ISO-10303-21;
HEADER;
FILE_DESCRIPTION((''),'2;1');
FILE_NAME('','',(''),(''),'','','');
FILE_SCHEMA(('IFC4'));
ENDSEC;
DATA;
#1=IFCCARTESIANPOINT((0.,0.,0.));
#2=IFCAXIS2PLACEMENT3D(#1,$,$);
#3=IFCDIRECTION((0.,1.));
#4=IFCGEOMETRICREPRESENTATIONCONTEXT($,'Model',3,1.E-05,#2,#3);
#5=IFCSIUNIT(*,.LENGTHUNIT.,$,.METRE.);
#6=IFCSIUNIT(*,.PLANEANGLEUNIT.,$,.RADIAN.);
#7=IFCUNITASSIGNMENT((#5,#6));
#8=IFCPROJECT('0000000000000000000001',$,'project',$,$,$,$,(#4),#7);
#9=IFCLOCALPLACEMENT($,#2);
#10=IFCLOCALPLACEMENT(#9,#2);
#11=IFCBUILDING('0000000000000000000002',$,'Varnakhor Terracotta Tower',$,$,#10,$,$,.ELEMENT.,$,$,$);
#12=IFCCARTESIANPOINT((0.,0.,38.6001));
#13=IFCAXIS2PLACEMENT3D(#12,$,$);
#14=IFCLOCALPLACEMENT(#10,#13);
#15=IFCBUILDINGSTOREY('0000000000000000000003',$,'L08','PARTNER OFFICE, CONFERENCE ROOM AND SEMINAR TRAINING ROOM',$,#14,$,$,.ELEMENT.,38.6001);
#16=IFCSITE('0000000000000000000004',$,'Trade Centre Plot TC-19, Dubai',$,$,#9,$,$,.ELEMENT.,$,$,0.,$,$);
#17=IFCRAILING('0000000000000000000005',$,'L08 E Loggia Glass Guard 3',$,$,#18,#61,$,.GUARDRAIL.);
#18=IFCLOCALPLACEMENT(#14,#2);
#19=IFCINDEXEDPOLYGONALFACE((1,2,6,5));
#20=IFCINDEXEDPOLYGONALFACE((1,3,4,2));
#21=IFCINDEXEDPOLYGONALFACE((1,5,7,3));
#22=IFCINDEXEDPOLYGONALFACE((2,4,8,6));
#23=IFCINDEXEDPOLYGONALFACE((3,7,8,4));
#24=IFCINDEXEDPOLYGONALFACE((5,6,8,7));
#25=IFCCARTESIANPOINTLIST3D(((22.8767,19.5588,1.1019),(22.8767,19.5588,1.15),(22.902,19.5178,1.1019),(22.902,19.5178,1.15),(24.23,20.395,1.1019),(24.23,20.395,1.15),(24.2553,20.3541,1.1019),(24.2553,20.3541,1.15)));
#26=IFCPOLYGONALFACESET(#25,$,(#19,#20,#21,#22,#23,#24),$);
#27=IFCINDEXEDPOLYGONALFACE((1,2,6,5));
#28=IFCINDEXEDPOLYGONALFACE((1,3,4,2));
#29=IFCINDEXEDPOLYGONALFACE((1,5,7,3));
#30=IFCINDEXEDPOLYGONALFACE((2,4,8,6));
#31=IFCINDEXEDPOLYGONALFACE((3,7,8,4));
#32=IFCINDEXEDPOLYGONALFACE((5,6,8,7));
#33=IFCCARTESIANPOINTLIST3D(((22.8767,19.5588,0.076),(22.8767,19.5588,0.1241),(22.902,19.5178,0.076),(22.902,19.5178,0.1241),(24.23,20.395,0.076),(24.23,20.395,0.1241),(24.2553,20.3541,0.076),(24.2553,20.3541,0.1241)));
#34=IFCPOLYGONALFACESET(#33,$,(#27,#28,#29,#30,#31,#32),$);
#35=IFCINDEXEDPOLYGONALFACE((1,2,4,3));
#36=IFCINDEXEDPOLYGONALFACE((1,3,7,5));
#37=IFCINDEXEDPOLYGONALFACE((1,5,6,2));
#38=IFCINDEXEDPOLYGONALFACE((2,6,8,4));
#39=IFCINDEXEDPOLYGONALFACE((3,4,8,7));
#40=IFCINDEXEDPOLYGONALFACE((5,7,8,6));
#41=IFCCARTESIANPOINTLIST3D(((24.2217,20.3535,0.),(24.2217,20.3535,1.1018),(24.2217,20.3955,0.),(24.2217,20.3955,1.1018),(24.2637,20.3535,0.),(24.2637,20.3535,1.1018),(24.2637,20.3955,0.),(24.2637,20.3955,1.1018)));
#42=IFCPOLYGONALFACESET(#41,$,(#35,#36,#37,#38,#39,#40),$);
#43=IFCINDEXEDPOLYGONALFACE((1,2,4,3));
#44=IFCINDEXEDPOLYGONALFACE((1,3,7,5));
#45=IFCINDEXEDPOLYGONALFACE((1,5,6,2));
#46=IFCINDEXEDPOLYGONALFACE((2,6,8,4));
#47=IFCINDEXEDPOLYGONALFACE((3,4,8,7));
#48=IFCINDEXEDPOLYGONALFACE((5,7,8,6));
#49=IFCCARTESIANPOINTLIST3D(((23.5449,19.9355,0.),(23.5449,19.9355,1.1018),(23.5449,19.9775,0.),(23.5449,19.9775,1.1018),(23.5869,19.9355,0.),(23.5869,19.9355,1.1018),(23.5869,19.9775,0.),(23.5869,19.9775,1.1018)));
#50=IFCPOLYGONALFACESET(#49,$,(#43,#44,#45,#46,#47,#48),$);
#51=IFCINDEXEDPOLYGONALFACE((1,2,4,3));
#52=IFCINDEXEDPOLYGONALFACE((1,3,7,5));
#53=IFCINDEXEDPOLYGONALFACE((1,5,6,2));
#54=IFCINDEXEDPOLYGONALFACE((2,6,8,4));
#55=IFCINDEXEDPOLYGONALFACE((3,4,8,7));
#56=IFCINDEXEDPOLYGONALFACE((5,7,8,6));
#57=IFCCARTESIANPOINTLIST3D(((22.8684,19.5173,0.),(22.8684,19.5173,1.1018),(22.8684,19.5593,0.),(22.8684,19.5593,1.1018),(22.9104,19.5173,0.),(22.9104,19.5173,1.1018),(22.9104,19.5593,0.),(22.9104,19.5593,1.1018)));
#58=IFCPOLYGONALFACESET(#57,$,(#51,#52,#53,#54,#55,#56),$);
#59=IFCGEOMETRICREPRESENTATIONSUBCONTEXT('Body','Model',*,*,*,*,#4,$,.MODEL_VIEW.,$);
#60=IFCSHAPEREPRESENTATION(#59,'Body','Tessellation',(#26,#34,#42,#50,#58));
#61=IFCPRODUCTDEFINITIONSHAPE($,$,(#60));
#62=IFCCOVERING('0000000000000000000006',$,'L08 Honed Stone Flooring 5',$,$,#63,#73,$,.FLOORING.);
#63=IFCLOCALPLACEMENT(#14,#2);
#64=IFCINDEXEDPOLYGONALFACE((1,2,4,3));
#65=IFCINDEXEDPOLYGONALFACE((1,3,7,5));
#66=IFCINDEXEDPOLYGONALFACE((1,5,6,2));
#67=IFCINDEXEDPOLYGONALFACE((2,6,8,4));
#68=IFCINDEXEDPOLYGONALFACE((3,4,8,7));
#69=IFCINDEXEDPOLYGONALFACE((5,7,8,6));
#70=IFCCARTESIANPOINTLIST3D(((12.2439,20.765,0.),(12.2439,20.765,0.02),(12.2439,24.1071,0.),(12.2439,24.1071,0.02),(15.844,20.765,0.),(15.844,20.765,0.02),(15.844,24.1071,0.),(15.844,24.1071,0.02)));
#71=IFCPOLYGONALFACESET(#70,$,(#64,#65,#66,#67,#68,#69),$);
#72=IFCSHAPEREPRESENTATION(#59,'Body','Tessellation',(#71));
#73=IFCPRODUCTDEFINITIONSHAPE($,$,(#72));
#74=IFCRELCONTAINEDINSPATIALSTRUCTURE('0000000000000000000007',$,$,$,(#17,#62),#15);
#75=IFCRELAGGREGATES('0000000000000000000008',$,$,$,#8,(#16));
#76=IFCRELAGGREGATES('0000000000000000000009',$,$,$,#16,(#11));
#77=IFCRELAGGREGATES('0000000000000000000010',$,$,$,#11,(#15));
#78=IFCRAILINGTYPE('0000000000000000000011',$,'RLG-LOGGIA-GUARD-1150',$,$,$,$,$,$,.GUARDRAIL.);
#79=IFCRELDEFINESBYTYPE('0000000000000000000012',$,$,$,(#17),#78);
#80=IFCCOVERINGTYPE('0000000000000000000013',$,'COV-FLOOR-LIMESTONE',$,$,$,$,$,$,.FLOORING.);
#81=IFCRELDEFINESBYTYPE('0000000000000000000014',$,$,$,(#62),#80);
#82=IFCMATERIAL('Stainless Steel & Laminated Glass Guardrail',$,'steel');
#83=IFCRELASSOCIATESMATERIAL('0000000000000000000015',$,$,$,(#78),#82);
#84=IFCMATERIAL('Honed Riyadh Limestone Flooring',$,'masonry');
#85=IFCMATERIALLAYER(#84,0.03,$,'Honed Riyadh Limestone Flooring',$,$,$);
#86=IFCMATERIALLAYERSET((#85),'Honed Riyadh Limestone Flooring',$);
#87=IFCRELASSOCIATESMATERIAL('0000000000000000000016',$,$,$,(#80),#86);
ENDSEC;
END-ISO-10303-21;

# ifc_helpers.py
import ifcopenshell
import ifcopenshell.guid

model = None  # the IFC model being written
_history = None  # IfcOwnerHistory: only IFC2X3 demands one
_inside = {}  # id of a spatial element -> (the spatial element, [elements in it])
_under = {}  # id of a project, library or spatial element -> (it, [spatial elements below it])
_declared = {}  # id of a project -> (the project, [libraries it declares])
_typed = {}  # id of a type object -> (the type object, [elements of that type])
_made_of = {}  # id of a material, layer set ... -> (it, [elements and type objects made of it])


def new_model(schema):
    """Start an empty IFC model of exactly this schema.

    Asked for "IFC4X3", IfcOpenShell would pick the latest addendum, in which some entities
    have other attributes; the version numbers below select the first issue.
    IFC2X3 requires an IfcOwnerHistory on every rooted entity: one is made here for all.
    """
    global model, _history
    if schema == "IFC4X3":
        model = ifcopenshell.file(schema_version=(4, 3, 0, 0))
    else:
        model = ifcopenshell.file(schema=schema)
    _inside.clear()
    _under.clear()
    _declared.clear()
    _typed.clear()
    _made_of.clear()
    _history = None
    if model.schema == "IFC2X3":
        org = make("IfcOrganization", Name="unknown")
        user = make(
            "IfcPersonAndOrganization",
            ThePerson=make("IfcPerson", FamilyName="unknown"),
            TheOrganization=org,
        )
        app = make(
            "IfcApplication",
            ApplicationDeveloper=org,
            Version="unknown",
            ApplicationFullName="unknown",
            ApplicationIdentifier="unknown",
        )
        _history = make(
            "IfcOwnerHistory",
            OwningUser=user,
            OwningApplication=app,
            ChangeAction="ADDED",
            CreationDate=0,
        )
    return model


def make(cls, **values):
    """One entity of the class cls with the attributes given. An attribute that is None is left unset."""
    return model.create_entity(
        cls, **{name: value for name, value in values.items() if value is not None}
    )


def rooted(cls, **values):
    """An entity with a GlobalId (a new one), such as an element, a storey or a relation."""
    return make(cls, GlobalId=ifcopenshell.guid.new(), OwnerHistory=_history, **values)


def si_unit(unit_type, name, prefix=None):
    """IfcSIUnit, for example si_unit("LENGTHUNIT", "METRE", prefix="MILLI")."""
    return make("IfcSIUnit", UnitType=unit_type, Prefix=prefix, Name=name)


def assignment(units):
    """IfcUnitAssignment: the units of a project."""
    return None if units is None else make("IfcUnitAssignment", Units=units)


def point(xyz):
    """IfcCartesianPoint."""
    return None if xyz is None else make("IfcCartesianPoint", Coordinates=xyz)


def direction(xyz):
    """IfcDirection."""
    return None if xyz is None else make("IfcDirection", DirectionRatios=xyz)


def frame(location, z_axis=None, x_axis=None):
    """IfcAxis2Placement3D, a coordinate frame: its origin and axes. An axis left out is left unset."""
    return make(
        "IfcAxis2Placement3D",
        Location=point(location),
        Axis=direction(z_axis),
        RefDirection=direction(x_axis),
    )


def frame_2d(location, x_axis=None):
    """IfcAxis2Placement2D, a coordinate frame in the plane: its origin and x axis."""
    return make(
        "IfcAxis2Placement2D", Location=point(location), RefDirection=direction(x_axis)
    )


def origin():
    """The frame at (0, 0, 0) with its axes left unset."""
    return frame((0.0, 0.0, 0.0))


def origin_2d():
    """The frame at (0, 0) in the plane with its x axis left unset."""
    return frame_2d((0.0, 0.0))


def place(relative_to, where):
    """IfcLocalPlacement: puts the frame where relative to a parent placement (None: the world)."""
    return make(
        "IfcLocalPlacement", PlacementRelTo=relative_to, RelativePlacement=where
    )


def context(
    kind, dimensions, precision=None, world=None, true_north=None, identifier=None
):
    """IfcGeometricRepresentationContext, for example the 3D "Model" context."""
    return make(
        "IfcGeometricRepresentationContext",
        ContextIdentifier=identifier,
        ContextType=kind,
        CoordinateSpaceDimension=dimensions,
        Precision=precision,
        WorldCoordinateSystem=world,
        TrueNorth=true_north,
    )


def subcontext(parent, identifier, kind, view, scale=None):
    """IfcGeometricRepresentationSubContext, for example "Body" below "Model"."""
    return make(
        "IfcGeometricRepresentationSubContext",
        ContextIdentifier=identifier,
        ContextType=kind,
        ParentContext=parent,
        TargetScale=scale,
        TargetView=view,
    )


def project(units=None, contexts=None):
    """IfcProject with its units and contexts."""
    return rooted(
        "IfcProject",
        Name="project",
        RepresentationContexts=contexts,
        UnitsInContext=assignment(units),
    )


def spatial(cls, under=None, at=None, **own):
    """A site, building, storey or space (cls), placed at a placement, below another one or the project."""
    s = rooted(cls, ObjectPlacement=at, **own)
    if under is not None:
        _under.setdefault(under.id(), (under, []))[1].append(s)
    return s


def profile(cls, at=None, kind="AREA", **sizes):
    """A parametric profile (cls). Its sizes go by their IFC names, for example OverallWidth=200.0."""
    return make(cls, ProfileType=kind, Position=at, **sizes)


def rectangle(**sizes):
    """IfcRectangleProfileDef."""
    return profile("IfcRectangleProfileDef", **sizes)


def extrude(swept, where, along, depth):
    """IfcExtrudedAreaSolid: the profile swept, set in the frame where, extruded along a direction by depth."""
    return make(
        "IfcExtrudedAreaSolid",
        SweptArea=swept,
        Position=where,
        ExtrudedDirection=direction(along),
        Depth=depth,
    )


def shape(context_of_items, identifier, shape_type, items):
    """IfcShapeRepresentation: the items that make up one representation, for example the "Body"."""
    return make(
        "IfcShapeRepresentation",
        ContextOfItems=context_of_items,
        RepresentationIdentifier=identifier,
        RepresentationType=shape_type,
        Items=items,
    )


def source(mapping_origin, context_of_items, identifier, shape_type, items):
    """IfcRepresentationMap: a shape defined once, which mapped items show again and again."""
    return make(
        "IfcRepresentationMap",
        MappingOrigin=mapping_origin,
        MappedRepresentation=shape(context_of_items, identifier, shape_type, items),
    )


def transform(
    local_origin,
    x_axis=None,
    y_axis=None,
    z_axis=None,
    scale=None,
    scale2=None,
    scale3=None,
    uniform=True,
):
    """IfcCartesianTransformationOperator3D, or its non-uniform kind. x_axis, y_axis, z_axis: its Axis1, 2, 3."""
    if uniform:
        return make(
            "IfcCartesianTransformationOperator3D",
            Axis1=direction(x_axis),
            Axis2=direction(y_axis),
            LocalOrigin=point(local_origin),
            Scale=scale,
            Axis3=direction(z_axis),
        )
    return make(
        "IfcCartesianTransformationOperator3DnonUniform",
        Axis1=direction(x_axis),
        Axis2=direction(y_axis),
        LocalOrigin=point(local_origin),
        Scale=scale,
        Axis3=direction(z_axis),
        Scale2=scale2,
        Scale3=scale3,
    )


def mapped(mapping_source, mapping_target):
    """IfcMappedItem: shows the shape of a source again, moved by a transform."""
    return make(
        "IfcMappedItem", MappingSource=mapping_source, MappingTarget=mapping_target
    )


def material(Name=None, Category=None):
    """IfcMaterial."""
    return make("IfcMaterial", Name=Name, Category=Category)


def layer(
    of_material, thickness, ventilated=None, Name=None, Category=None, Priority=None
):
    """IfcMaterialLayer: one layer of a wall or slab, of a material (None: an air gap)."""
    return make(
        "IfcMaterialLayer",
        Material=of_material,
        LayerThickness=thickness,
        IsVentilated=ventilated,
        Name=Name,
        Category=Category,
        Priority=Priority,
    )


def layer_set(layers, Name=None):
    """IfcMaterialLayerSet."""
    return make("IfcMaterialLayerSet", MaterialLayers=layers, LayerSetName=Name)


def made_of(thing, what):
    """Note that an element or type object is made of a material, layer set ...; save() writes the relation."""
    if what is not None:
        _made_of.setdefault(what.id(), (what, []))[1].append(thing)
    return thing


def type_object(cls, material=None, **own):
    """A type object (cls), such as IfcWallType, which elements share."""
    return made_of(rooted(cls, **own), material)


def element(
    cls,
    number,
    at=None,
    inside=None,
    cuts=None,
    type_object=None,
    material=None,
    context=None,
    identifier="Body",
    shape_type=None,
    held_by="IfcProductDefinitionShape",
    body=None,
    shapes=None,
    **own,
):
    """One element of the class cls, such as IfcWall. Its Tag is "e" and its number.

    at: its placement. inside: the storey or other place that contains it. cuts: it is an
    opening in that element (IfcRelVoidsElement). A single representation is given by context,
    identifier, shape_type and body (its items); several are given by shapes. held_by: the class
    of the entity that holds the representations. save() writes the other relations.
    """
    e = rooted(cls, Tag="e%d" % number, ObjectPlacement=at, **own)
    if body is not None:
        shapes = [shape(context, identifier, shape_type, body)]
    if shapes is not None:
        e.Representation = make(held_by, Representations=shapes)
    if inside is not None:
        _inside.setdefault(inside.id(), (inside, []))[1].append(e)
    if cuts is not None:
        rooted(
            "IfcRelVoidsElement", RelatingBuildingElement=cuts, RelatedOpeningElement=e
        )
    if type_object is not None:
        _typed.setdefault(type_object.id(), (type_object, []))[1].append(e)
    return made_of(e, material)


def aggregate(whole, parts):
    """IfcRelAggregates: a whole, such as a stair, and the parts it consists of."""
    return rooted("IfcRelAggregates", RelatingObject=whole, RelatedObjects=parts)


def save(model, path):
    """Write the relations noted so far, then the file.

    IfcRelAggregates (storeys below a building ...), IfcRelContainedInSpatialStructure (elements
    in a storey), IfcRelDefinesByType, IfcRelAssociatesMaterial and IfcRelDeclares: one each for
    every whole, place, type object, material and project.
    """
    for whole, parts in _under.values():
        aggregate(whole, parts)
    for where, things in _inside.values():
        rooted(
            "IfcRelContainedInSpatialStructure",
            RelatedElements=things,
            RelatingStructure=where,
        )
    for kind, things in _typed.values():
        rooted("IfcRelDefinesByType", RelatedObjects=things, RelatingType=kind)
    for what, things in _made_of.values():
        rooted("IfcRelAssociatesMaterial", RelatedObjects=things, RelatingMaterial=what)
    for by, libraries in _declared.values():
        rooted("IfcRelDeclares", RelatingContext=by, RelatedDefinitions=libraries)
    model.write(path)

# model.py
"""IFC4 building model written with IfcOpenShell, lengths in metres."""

from ifc_helpers import new_model, si_unit, direction, frame, origin, origin_2d, place, context, subcontext, project, spatial, rectangle, extrude, source, transform, mapped, material, layer, layer_set, type_object, element, save


model = new_model("IFC4")

# Units and contexts
model_context = context("Model", 3, precision=1e-05, world=origin(), true_north=direction((0.0, 1.0)))
body_context = subcontext(model_context, "Body", "Model", "MODEL_VIEW")
ifc_project = project(units=[si_unit("LENGTHUNIT", "METRE"), si_unit("PLANEANGLEUNIT", "RADIAN")], contexts=[model_context])

# Site, building, storey
site_placement = place(None, origin())
site = spatial("IfcSite", under=ifc_project, at=site_placement, Name="Trade Centre Plot TC-19, Dubai", CompositionType="ELEMENT", RefElevation=0.0)
building_placement = place(site_placement, origin())
building = spatial("IfcBuilding", under=site, at=building_placement, Name="Varnakhor Terracotta Tower", CompositionType="ELEMENT")
storey_placement = place(building_placement, frame((0.0, 0.0, 38.6001)))
storey = spatial("IfcBuildingStorey", under=building, at=storey_placement, Name="L08", Description="PARTNER OFFICE, CONFERENCE ROOM AND SEMINAR TRAINING ROOM", CompositionType="ELEMENT", Elevation=38.6001)

# Railing
ifc_material_1 = material(Name="Stainless Steel & Laminated Glass Guardrail", Category="steel")
railing_type = type_object("IfcRailingType", Name="RLG-LOGGIA-GUARD-1150", PredefinedType="GUARDRAIL", material=ifc_material_1)
railing_1_placement = place(storey_placement, frame((24.2427, 20.3745, 0.0)))
element("IfcRailing", 1, at=railing_1_placement, inside=storey, type_object=railing_type, Name="L08 E Loggia Glass Guard 3", PredefinedType="GUARDRAIL", context=body_context, shape_type="SweptSolid", body=[
    extrude(rectangle(XDim=0.0481, YDim=0.0481, at=origin_2d()), frame((0.0, 0.0, 1.126), z_axis=(-0.850703, -0.525646, 0.0), x_axis=(0.525646, -0.850703, 0.0)), (0.0, 0.0, 1.0), 1.5908),
    extrude(rectangle(XDim=0.0481, YDim=0.0481, at=origin_2d()), frame((0.0, 0.0, 0.1001), z_axis=(-0.850703, -0.525646, 0.0), x_axis=(0.525646, -0.850703, 0.0)), (0.0, 0.0, 1.0), 1.5908),
    extrude(rectangle(XDim=0.042, YDim=0.042, at=origin_2d()), origin(), (0.0, 0.0, 1.0), 1.1018),
    extrude(rectangle(XDim=0.042, YDim=0.042, at=origin_2d()), frame((-0.6768, -0.418, 0.0)), (0.0, 0.0, 1.0), 1.1018),
    extrude(rectangle(XDim=0.042, YDim=0.042, at=origin_2d()), frame((-1.3533, -0.8362, 0.0)), (0.0, 0.0, 1.0), 1.1018),
])

# Covering
ifc_material_2 = material(Name="Honed Riyadh Limestone Flooring", Category="masonry")
ifc_layer_1 = layer(ifc_material_2, 0.03, Name="Honed Riyadh Limestone Flooring")
ifc_layer_set_1 = layer_set([ifc_layer_1], Name="Honed Riyadh Limestone Flooring")
covering_type = type_object("IfcCoveringType", Name="COV-FLOOR-LIMESTONE", PredefinedType="FLOORING", material=ifc_layer_set_1)
shared_shape_1 = source(origin(), body_context, "Body", "SweptSolid", [
    extrude(rectangle(XDim=3.6001, YDim=3.342, at=origin_2d()), origin(), (0.0, 0.0, 1.0), 0.02),
])
covering_placement = place(storey_placement, frame((14.0439, 22.436, 0.0), z_axis=(0.0, 0.0, 1.0), x_axis=(1.0, 0.0, 0.0)))
element("IfcCovering", 2, at=covering_placement, inside=storey, type_object=covering_type, Name="L08 Honed Stone Flooring 5", PredefinedType="FLOORING", context=body_context, shape_type="MappedRepresentation", body=[
    mapped(shared_shape_1, transform((0.0, 0.0, 0.0), scale=1.0)),
])

save(model, "model.ifc")
